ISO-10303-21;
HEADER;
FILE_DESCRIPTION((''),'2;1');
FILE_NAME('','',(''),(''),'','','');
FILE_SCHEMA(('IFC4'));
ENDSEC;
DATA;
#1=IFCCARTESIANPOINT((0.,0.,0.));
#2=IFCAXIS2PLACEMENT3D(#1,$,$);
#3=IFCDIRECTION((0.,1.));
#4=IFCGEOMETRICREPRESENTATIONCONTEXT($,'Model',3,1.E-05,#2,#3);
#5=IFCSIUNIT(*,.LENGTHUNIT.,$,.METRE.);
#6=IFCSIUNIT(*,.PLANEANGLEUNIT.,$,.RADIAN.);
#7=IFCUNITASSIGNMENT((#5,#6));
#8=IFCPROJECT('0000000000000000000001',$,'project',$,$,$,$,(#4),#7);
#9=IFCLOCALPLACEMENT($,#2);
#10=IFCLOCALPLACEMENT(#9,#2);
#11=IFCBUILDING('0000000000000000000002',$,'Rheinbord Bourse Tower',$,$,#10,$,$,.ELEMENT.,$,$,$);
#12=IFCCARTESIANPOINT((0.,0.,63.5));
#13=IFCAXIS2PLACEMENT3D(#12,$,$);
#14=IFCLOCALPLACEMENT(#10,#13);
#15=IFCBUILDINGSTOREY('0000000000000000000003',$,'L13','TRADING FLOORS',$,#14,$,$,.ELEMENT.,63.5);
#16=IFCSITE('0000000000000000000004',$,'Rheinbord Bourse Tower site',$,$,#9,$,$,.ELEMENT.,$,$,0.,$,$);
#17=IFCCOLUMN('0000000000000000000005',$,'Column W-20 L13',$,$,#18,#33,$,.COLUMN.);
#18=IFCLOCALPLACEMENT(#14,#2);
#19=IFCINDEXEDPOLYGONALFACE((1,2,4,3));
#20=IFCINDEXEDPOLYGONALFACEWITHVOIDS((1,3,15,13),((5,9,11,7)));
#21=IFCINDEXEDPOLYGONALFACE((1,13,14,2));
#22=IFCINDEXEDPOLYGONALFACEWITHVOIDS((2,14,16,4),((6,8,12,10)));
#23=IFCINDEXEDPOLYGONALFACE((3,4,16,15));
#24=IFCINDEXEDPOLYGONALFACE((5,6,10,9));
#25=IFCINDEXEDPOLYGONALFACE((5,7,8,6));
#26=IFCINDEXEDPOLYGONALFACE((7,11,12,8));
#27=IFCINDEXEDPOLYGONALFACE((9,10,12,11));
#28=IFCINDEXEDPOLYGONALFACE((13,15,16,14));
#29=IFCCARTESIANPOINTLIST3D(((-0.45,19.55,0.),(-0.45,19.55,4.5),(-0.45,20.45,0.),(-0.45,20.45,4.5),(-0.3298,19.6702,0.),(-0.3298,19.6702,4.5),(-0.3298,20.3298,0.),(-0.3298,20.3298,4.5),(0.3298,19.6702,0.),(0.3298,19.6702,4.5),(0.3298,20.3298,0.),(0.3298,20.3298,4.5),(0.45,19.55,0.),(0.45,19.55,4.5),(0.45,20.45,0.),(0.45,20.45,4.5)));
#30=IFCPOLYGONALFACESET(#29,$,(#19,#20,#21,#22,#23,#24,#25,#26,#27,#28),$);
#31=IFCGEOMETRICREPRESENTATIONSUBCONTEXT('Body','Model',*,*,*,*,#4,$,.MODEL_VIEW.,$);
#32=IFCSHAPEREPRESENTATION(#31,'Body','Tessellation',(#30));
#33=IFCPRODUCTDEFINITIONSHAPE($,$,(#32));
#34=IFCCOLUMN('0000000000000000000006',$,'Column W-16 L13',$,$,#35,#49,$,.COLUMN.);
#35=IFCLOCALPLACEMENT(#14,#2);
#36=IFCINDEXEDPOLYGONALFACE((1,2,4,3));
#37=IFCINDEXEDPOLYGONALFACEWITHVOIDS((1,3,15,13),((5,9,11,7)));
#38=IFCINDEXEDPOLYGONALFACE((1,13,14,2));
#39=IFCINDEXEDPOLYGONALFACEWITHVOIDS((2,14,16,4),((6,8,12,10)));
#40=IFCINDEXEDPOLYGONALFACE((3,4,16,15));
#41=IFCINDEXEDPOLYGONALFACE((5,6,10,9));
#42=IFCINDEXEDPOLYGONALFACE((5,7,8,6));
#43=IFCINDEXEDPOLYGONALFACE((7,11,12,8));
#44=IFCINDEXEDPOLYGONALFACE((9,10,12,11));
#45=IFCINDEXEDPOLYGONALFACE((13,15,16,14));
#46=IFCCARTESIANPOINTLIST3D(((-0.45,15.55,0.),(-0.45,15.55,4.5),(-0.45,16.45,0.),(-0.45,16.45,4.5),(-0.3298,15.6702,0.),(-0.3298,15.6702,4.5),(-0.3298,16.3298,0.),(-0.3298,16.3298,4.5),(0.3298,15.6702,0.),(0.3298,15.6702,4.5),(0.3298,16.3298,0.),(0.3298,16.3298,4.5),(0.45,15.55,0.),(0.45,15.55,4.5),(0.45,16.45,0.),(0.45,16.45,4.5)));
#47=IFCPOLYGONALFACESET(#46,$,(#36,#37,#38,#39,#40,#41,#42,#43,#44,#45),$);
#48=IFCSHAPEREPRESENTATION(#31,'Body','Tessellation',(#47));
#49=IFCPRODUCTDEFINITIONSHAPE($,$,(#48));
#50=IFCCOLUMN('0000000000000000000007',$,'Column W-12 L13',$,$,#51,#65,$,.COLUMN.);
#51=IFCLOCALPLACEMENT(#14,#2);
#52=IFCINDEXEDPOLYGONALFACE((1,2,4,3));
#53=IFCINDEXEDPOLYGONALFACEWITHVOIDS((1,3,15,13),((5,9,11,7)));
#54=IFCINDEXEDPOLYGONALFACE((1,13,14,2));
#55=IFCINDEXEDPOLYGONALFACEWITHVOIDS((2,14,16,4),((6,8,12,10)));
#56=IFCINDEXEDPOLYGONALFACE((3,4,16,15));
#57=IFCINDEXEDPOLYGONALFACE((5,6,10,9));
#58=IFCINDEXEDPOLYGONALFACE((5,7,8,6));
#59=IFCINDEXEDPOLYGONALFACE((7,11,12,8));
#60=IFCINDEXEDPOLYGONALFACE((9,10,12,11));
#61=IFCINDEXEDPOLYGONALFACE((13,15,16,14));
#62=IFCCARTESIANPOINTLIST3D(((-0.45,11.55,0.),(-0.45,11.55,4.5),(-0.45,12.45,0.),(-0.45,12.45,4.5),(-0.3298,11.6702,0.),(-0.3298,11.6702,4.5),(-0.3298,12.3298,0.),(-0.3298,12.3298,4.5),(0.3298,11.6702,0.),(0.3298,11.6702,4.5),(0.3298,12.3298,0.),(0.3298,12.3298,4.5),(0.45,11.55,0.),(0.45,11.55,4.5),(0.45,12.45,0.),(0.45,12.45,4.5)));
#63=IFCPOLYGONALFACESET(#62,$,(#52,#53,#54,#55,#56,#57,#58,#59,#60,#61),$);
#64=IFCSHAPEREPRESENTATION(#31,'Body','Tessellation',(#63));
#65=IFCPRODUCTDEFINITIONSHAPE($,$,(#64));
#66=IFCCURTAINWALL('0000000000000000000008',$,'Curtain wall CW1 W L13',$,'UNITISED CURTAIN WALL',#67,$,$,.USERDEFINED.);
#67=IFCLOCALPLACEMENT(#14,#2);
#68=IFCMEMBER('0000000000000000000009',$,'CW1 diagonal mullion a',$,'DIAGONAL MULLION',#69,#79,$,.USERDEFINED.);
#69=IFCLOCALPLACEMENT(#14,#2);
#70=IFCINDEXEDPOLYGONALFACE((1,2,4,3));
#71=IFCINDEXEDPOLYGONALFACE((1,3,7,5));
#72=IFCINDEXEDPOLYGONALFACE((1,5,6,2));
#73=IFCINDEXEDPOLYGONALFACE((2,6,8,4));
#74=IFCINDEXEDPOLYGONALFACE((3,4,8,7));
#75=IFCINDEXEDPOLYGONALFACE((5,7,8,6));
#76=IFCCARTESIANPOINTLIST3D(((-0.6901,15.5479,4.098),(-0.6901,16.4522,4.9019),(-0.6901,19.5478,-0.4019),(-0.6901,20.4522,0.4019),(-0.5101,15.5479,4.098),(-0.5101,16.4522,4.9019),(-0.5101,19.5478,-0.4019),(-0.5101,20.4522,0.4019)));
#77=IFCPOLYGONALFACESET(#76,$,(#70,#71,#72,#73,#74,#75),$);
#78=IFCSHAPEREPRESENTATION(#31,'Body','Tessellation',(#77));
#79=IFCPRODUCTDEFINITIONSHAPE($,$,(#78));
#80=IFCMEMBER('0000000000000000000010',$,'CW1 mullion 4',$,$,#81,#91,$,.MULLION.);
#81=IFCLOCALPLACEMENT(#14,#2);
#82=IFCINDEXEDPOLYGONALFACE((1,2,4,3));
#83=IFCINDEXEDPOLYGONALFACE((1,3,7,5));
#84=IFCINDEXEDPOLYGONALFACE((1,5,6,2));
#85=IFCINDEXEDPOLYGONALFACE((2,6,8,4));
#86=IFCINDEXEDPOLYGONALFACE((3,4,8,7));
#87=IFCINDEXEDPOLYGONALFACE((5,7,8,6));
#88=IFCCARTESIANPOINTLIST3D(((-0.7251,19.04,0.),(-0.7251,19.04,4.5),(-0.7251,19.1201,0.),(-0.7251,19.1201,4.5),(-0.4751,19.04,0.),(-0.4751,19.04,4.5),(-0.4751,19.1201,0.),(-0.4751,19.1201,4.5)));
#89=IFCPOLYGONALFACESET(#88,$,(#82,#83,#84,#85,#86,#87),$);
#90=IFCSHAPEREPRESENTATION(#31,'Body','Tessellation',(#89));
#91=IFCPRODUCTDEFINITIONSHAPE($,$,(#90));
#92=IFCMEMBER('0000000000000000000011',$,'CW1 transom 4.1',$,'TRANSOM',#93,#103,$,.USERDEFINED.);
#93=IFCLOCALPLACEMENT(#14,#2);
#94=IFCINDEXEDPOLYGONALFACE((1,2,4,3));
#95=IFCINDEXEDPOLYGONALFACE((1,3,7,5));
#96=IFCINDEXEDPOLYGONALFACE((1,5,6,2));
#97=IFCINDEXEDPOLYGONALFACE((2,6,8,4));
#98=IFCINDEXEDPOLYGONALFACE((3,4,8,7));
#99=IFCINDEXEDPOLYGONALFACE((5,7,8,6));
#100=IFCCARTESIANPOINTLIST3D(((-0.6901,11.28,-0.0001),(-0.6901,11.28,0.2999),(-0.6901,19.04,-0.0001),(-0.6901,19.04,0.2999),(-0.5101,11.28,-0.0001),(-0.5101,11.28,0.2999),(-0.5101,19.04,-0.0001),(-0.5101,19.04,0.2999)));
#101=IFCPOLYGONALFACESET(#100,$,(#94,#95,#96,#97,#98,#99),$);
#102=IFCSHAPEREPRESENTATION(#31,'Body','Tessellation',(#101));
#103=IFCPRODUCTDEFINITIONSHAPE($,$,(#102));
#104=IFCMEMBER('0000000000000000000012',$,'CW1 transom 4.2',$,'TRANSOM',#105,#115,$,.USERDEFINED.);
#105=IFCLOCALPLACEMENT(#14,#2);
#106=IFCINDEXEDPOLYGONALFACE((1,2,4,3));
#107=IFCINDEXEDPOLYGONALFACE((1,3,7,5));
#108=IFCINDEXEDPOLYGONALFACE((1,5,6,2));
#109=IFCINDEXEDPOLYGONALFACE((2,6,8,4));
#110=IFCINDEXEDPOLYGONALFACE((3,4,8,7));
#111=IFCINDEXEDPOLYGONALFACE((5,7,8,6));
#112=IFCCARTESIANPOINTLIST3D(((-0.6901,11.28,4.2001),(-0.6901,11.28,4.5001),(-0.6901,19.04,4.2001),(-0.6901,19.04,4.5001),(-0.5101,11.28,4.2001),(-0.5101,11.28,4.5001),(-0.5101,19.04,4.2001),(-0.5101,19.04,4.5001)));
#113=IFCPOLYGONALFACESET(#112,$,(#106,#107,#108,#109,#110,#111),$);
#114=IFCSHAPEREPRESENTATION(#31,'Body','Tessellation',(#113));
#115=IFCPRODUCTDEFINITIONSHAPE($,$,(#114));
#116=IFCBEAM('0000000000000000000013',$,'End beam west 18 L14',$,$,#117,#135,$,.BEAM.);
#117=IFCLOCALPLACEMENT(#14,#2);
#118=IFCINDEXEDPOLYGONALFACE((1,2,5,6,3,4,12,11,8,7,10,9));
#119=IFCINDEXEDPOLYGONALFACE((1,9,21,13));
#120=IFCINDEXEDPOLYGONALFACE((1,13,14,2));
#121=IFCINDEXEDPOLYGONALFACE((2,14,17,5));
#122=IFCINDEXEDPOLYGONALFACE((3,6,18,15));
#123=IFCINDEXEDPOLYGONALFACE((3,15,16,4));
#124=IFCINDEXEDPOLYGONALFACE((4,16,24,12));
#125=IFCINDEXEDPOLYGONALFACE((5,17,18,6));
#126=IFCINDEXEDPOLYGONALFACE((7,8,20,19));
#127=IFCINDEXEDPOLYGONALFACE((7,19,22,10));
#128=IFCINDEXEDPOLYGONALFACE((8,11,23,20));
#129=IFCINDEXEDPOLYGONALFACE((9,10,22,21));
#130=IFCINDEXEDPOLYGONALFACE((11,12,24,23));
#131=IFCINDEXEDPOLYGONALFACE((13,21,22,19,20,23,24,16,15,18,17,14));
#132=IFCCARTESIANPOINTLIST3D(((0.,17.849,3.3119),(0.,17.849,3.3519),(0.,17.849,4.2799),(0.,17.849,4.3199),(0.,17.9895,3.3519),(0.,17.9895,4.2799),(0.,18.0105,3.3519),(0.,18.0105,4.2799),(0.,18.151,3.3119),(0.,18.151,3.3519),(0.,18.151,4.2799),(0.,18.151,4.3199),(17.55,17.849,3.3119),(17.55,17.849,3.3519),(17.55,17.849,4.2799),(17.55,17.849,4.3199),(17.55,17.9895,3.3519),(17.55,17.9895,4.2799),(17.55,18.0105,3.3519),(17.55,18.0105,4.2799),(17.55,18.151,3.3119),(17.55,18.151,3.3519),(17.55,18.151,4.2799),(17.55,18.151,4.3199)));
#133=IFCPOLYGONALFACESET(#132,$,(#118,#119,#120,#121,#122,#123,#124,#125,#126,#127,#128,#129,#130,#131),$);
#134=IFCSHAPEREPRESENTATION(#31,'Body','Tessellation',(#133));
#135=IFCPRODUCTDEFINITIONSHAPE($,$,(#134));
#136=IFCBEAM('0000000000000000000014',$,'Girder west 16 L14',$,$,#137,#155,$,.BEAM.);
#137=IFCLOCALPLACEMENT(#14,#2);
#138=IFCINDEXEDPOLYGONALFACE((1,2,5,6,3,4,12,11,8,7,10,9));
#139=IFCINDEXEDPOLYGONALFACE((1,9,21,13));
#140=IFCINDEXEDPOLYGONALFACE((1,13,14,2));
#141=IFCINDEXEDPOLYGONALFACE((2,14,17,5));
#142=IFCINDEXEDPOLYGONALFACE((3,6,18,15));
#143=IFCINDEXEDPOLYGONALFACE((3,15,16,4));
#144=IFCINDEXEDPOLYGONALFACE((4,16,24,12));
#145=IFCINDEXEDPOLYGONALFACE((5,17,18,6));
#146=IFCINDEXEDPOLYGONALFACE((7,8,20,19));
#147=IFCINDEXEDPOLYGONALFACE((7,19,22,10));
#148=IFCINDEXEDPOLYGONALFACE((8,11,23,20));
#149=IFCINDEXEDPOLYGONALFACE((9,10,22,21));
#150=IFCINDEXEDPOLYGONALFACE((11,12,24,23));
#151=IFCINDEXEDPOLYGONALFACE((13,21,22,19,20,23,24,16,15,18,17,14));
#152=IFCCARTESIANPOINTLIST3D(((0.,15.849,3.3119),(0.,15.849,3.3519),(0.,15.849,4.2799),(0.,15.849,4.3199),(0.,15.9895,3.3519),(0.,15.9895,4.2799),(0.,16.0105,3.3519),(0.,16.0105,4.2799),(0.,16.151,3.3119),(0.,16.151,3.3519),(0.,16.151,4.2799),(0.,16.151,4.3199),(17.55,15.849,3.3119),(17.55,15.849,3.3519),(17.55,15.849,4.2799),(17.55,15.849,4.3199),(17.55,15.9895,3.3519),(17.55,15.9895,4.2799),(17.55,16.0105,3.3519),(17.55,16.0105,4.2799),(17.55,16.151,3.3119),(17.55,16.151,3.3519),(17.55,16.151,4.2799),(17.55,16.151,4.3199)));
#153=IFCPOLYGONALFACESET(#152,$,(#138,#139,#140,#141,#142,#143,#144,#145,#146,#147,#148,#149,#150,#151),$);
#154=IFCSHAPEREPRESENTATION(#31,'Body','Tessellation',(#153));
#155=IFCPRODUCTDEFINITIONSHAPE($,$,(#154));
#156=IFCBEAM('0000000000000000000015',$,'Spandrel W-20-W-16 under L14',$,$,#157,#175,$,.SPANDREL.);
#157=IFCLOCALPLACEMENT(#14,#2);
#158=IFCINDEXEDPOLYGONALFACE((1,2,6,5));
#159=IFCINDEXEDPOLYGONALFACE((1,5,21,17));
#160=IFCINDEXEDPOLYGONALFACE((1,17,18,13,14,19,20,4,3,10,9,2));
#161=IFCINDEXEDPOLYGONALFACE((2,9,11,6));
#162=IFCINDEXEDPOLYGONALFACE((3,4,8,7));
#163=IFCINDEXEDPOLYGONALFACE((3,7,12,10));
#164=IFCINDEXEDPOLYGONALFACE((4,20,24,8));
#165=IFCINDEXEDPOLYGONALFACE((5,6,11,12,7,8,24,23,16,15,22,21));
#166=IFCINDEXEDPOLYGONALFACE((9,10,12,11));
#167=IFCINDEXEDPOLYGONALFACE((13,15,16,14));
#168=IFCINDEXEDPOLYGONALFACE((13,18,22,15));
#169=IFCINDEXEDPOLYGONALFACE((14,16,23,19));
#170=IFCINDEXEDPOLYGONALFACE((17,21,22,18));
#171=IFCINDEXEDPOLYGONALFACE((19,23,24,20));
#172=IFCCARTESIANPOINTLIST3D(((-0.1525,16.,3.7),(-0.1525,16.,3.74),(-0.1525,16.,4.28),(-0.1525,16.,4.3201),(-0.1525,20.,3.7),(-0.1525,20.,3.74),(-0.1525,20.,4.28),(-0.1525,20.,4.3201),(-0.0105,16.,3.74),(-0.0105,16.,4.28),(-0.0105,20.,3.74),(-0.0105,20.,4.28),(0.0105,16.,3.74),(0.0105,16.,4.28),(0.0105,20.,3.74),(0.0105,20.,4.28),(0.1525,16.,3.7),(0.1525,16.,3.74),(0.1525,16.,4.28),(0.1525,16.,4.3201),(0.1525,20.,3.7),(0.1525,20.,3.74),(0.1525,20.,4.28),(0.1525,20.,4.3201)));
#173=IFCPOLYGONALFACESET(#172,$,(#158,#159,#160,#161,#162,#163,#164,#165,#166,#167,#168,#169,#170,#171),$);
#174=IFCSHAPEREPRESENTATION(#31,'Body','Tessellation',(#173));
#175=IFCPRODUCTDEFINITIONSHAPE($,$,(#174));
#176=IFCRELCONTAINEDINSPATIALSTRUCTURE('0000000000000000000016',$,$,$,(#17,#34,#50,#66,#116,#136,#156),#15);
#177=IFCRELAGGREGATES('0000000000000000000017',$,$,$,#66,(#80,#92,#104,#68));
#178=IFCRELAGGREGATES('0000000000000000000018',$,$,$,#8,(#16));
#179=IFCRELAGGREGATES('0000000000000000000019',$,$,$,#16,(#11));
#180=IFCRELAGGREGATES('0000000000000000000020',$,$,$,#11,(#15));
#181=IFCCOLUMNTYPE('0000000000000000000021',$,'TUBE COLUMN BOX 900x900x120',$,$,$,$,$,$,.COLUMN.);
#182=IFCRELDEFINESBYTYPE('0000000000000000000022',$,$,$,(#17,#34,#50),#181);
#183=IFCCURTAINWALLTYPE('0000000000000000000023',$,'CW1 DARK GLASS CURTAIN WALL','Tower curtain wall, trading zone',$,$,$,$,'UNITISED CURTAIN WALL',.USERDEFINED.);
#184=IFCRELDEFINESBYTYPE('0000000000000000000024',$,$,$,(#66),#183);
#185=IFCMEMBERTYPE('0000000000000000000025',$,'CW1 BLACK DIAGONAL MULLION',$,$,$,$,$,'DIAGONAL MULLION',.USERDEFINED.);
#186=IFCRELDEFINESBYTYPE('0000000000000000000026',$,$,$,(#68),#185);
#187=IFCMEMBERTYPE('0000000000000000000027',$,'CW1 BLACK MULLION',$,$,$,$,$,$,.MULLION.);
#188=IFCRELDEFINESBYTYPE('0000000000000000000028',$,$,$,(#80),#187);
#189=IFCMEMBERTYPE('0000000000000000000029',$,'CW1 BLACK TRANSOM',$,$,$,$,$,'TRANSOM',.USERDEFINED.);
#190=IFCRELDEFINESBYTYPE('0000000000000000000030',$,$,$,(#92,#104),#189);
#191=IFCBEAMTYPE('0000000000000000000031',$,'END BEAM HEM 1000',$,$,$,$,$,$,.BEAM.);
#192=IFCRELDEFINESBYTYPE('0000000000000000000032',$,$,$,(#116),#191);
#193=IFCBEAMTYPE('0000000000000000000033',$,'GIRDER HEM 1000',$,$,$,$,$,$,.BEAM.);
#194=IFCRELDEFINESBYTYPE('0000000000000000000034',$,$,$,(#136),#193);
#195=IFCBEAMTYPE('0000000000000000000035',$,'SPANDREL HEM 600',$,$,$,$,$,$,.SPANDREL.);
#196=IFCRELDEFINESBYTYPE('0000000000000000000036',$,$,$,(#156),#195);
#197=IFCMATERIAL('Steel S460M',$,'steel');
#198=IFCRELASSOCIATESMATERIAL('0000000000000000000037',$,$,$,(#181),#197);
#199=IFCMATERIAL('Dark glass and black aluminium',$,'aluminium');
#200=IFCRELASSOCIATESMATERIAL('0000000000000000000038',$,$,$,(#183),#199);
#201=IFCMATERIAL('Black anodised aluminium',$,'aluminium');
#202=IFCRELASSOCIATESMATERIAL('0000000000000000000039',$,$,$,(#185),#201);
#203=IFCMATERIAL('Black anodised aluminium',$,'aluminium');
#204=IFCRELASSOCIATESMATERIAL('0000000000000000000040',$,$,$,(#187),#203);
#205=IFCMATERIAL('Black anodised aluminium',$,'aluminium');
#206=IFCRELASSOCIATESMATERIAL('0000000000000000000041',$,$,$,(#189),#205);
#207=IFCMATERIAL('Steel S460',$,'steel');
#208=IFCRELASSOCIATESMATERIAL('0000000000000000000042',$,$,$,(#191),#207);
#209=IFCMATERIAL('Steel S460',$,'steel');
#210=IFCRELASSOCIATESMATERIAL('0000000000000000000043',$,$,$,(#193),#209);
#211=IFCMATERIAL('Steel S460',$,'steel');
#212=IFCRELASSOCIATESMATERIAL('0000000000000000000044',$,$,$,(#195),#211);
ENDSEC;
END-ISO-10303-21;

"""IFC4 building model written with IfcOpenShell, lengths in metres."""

from ifc_helpers import new_model, si_unit, direction, frame, origin, origin_2d, place, context, subcontext, project, spatial, rectangle, hollow_rectangle, i_section, extrude, material, material_profile, profile_set, type_object, element, aggregate, save


model = new_model("IFC4")

# Units and contexts
model_context = context("Model", 3, precision=1e-05, world=origin(), true_north=direction((0.0, 1.0)))
body_context = subcontext(model_context, "Body", "Model", "MODEL_VIEW")
ifc_project = project(units=[si_unit("LENGTHUNIT", "METRE"), si_unit("PLANEANGLEUNIT", "RADIAN")], contexts=[model_context])

# Site, building, storey
site_placement = place(None, origin())
site = spatial("IfcSite", under=ifc_project, at=site_placement, Name="Rheinbord Bourse Tower site", CompositionType="ELEMENT", RefElevation=0.0)
building_placement = place(site_placement, origin())
building = spatial("IfcBuilding", under=site, at=building_placement, Name="Rheinbord Bourse Tower", CompositionType="ELEMENT")
storey_placement = place(building_placement, frame((0.0, 0.0, 63.5)))
storey = spatial("IfcBuildingStorey", under=building, at=storey_placement, Name="L13", Description="TRADING FLOORS", CompositionType="ELEMENT", Elevation=63.5)

# Columns
ifc_material_1 = material(Name="Steel S460M", Category="steel")
ifc_material_profile_1 = material_profile(ifc_material_1, hollow_rectangle(XDim=0.8999, YDim=0.8999, WallThickness=0.1201, at=origin_2d()), Name="BOX 900x900x120")
ifc_profile_set_1 = profile_set([ifc_material_profile_1], Name="Steel S460M")
column_type = type_object("IfcColumnType", Name="TUBE COLUMN BOX 900x900x120", PredefinedType="COLUMN", material=ifc_profile_set_1)
for number, where, z_axis, x_axis, name in (
    (1, (0.0, 20.0, 0.0), (0.0, 0.0, 1.0), (1.0, 0.0, 0.0), "Column W-20 L13"),
    (2, (0.0, 16.0, 0.0), (0.0, 0.0, 1.0), (1.0, 0.0, 0.0), "Column W-16 L13"),
    (3, (0.0, 12.0, 0.0), (0.0, 0.0, 1.0), (1.0, 0.0, 0.0), "Column W-12 L13"),
):
    element("IfcColumn", number, at=place(storey_placement, frame(where, z_axis=z_axis, x_axis=x_axis)), inside=storey, type_object=column_type, Name=name, PredefinedType="COLUMN", context=body_context, shape_type="SweptSolid", body=[
        extrude(hollow_rectangle(XDim=0.8999, YDim=0.8999, WallThickness=0.1201, at=origin_2d()), origin(), (0.0, 0.0, 1.0), 4.5),
    ])

# Curtain wall, members
ifc_material_2 = material(Name="Dark glass and black aluminium", Category="aluminium")
curtain_wall_type = type_object("IfcCurtainWallType", Name="CW1 DARK GLASS CURTAIN WALL", Description="Tower curtain wall, trading zone", ElementType="UNITISED CURTAIN WALL", PredefinedType="USERDEFINED", material=ifc_material_2)
curtain_wall_placement = place(storey_placement, origin())
curtain_wall = element("IfcCurtainWall", 4, at=curtain_wall_placement, inside=storey, type_object=curtain_wall_type, Name="Curtain wall CW1 W L13", ObjectType="UNITISED CURTAIN WALL", PredefinedType="USERDEFINED")
ifc_material_3 = material(Name="Black anodised aluminium", Category="aluminium")
ifc_material_profile_2 = material_profile(ifc_material_3, rectangle(XDim=0.1799, YDim=1.21, at=origin_2d()), Name="CW1 DIAGONAL MULLION 1210x180")
ifc_profile_set_2 = profile_set([ifc_material_profile_2], Name="Black anodised aluminium")
member_type_1 = type_object("IfcMemberType", Name="CW1 BLACK DIAGONAL MULLION", ElementType="DIAGONAL MULLION", PredefinedType="USERDEFINED", material=ifc_profile_set_2)
member_1_placement = place(storey_placement, frame((-0.6001, 20.0, 0.0), z_axis=(0.0, -0.664364, 0.747409), x_axis=(1.0, 0.0, 0.0)))
member_1 = element("IfcMember", 5, at=member_1_placement, type_object=member_type_1, Name="CW1 diagonal mullion a", ObjectType="DIAGONAL MULLION", PredefinedType="USERDEFINED", context=body_context, shape_type="SweptSolid", body=[
    extrude(rectangle(XDim=0.1799, YDim=1.21, at=origin_2d()), origin(), (0.0, 0.0, 1.0), 6.0208),
])
ifc_material_4 = material(Name="Black anodised aluminium", Category="aluminium")
ifc_material_profile_3 = material_profile(ifc_material_4, rectangle(XDim=0.25, YDim=0.0801, at=origin_2d()), Name="CW1 MULLION 80x250")
ifc_profile_set_3 = profile_set([ifc_material_profile_3], Name="Black anodised aluminium")
member_type_2 = type_object("IfcMemberType", Name="CW1 BLACK MULLION", PredefinedType="MULLION", material=ifc_profile_set_3)
member_2_placement = place(storey_placement, frame((-0.6001, 19.0801, 0.0), z_axis=(0.0, 0.0, 1.0), x_axis=(1.0, 0.0, 0.0)))
member_2 = element("IfcMember", 6, at=member_2_placement, type_object=member_type_2, Name="CW1 mullion 4", PredefinedType="MULLION", context=body_context, shape_type="SweptSolid", body=[
    extrude(rectangle(XDim=0.25, YDim=0.0801, at=origin_2d()), origin(), (0.0, 0.0, 1.0), 4.5),
])
ifc_material_5 = material(Name="Black anodised aluminium", Category="aluminium")
ifc_material_profile_4 = material_profile(ifc_material_5, rectangle(XDim=0.1799, YDim=0.3, at=origin_2d()), Name="CW1 TRANSOM 300x180")
ifc_profile_set_4 = profile_set([ifc_material_profile_4], Name="Black anodised aluminium")
member_type_3 = type_object("IfcMemberType", Name="CW1 BLACK TRANSOM", ElementType="TRANSOM", PredefinedType="USERDEFINED", material=ifc_profile_set_4)
member_3_placement = place(storey_placement, frame((-0.6001, 19.04, 0.1499), z_axis=(0.0, -1.0, 0.0), x_axis=(1.0, 0.0, 0.0)))
member_3 = element("IfcMember", 7, at=member_3_placement, type_object=member_type_3, Name="CW1 transom 4.1", ObjectType="TRANSOM", PredefinedType="USERDEFINED", context=body_context, shape_type="SweptSolid", body=[
    extrude(rectangle(XDim=0.1799, YDim=0.3, at=origin_2d()), origin(), (0.0, 0.0, 1.0), 7.76),
])
member_4_placement = place(storey_placement, frame((-0.6001, 19.04, 4.3501), z_axis=(0.0, -1.0, 0.0), x_axis=(1.0, 0.0, 0.0)))
member_4 = element("IfcMember", 8, at=member_4_placement, type_object=member_type_3, Name="CW1 transom 4.2", ObjectType="TRANSOM", PredefinedType="USERDEFINED", context=body_context, shape_type="SweptSolid", body=[
    extrude(rectangle(XDim=0.1799, YDim=0.3, at=origin_2d()), origin(), (0.0, 0.0, 1.0), 7.76),
])

# Beams
ifc_material_6 = material(Name="Steel S460", Category="steel")
ifc_material_profile_5 = material_profile(ifc_material_6, i_section(OverallWidth=0.302, OverallDepth=1.0081, WebThickness=0.021, FlangeThickness=0.04, at=origin_2d()), Name="HEM 1000")
ifc_profile_set_5 = profile_set([ifc_material_profile_5], Name="Steel S460")
beam_type_1 = type_object("IfcBeamType", Name="END BEAM HEM 1000", PredefinedType="BEAM", material=ifc_profile_set_5)
beam_1_placement = place(storey_placement, frame((0.0, 18.0, 3.8159), z_axis=(1.0, 0.0, 0.0), x_axis=(0.0, 1.0, 0.0)))
element("IfcBeam", 9, at=beam_1_placement, inside=storey, type_object=beam_type_1, Name="End beam west 18 L14", PredefinedType="BEAM", context=body_context, shape_type="SweptSolid", body=[
    extrude(i_section(OverallWidth=0.302, OverallDepth=1.0081, WebThickness=0.021, FlangeThickness=0.04, at=origin_2d()), origin(), (0.0, 0.0, 1.0), 17.55),
])
ifc_material_7 = material(Name="Steel S460", Category="steel")
ifc_material_profile_6 = material_profile(ifc_material_7, i_section(OverallWidth=0.302, OverallDepth=1.0081, WebThickness=0.021, FlangeThickness=0.04, at=origin_2d()), Name="HEM 1000")
ifc_profile_set_6 = profile_set([ifc_material_profile_6], Name="Steel S460")
beam_type_2 = type_object("IfcBeamType", Name="GIRDER HEM 1000", PredefinedType="BEAM", material=ifc_profile_set_6)
beam_2_placement = place(storey_placement, frame((0.0, 16.0, 3.8159), z_axis=(1.0, 0.0, 0.0), x_axis=(0.0, 1.0, 0.0)))
element("IfcBeam", 10, at=beam_2_placement, inside=storey, type_object=beam_type_2, Name="Girder west 16 L14", PredefinedType="BEAM", context=body_context, shape_type="SweptSolid", body=[
    extrude(i_section(OverallWidth=0.302, OverallDepth=1.0081, WebThickness=0.021, FlangeThickness=0.04, at=origin_2d()), origin(), (0.0, 0.0, 1.0), 17.55),
])
ifc_material_8 = material(Name="Steel S460", Category="steel")
ifc_material_profile_7 = material_profile(ifc_material_8, i_section(OverallWidth=0.3049, OverallDepth=0.6201, WebThickness=0.021, FlangeThickness=0.04, at=origin_2d()), Name="HEM 600")
ifc_profile_set_7 = profile_set([ifc_material_profile_7], Name="Steel S460")
beam_type_3 = type_object("IfcBeamType", Name="SPANDREL HEM 600", PredefinedType="SPANDREL", material=ifc_profile_set_7)
for number, where, z_axis, x_axis, name in (
    (11, (0.0, 20.0, 4.01), (0.0, -1.0, 0.0), (1.0, 0.0, 0.0), "Spandrel W-20-W-16 under L14"),
):
    element("IfcBeam", number, at=place(storey_placement, frame(where, z_axis=z_axis, x_axis=x_axis)), inside=storey, type_object=beam_type_3, Name=name, PredefinedType="SPANDREL", context=body_context, shape_type="SweptSolid", body=[
        extrude(i_section(OverallWidth=0.3049, OverallDepth=0.6201, WebThickness=0.021, FlangeThickness=0.04, at=origin_2d()), origin(), (0.0, 0.0, 1.0), 4.0),
    ])

aggregate(curtain_wall, [member_2, member_3, member_4, member_1])

save(model, "model.ifc")
